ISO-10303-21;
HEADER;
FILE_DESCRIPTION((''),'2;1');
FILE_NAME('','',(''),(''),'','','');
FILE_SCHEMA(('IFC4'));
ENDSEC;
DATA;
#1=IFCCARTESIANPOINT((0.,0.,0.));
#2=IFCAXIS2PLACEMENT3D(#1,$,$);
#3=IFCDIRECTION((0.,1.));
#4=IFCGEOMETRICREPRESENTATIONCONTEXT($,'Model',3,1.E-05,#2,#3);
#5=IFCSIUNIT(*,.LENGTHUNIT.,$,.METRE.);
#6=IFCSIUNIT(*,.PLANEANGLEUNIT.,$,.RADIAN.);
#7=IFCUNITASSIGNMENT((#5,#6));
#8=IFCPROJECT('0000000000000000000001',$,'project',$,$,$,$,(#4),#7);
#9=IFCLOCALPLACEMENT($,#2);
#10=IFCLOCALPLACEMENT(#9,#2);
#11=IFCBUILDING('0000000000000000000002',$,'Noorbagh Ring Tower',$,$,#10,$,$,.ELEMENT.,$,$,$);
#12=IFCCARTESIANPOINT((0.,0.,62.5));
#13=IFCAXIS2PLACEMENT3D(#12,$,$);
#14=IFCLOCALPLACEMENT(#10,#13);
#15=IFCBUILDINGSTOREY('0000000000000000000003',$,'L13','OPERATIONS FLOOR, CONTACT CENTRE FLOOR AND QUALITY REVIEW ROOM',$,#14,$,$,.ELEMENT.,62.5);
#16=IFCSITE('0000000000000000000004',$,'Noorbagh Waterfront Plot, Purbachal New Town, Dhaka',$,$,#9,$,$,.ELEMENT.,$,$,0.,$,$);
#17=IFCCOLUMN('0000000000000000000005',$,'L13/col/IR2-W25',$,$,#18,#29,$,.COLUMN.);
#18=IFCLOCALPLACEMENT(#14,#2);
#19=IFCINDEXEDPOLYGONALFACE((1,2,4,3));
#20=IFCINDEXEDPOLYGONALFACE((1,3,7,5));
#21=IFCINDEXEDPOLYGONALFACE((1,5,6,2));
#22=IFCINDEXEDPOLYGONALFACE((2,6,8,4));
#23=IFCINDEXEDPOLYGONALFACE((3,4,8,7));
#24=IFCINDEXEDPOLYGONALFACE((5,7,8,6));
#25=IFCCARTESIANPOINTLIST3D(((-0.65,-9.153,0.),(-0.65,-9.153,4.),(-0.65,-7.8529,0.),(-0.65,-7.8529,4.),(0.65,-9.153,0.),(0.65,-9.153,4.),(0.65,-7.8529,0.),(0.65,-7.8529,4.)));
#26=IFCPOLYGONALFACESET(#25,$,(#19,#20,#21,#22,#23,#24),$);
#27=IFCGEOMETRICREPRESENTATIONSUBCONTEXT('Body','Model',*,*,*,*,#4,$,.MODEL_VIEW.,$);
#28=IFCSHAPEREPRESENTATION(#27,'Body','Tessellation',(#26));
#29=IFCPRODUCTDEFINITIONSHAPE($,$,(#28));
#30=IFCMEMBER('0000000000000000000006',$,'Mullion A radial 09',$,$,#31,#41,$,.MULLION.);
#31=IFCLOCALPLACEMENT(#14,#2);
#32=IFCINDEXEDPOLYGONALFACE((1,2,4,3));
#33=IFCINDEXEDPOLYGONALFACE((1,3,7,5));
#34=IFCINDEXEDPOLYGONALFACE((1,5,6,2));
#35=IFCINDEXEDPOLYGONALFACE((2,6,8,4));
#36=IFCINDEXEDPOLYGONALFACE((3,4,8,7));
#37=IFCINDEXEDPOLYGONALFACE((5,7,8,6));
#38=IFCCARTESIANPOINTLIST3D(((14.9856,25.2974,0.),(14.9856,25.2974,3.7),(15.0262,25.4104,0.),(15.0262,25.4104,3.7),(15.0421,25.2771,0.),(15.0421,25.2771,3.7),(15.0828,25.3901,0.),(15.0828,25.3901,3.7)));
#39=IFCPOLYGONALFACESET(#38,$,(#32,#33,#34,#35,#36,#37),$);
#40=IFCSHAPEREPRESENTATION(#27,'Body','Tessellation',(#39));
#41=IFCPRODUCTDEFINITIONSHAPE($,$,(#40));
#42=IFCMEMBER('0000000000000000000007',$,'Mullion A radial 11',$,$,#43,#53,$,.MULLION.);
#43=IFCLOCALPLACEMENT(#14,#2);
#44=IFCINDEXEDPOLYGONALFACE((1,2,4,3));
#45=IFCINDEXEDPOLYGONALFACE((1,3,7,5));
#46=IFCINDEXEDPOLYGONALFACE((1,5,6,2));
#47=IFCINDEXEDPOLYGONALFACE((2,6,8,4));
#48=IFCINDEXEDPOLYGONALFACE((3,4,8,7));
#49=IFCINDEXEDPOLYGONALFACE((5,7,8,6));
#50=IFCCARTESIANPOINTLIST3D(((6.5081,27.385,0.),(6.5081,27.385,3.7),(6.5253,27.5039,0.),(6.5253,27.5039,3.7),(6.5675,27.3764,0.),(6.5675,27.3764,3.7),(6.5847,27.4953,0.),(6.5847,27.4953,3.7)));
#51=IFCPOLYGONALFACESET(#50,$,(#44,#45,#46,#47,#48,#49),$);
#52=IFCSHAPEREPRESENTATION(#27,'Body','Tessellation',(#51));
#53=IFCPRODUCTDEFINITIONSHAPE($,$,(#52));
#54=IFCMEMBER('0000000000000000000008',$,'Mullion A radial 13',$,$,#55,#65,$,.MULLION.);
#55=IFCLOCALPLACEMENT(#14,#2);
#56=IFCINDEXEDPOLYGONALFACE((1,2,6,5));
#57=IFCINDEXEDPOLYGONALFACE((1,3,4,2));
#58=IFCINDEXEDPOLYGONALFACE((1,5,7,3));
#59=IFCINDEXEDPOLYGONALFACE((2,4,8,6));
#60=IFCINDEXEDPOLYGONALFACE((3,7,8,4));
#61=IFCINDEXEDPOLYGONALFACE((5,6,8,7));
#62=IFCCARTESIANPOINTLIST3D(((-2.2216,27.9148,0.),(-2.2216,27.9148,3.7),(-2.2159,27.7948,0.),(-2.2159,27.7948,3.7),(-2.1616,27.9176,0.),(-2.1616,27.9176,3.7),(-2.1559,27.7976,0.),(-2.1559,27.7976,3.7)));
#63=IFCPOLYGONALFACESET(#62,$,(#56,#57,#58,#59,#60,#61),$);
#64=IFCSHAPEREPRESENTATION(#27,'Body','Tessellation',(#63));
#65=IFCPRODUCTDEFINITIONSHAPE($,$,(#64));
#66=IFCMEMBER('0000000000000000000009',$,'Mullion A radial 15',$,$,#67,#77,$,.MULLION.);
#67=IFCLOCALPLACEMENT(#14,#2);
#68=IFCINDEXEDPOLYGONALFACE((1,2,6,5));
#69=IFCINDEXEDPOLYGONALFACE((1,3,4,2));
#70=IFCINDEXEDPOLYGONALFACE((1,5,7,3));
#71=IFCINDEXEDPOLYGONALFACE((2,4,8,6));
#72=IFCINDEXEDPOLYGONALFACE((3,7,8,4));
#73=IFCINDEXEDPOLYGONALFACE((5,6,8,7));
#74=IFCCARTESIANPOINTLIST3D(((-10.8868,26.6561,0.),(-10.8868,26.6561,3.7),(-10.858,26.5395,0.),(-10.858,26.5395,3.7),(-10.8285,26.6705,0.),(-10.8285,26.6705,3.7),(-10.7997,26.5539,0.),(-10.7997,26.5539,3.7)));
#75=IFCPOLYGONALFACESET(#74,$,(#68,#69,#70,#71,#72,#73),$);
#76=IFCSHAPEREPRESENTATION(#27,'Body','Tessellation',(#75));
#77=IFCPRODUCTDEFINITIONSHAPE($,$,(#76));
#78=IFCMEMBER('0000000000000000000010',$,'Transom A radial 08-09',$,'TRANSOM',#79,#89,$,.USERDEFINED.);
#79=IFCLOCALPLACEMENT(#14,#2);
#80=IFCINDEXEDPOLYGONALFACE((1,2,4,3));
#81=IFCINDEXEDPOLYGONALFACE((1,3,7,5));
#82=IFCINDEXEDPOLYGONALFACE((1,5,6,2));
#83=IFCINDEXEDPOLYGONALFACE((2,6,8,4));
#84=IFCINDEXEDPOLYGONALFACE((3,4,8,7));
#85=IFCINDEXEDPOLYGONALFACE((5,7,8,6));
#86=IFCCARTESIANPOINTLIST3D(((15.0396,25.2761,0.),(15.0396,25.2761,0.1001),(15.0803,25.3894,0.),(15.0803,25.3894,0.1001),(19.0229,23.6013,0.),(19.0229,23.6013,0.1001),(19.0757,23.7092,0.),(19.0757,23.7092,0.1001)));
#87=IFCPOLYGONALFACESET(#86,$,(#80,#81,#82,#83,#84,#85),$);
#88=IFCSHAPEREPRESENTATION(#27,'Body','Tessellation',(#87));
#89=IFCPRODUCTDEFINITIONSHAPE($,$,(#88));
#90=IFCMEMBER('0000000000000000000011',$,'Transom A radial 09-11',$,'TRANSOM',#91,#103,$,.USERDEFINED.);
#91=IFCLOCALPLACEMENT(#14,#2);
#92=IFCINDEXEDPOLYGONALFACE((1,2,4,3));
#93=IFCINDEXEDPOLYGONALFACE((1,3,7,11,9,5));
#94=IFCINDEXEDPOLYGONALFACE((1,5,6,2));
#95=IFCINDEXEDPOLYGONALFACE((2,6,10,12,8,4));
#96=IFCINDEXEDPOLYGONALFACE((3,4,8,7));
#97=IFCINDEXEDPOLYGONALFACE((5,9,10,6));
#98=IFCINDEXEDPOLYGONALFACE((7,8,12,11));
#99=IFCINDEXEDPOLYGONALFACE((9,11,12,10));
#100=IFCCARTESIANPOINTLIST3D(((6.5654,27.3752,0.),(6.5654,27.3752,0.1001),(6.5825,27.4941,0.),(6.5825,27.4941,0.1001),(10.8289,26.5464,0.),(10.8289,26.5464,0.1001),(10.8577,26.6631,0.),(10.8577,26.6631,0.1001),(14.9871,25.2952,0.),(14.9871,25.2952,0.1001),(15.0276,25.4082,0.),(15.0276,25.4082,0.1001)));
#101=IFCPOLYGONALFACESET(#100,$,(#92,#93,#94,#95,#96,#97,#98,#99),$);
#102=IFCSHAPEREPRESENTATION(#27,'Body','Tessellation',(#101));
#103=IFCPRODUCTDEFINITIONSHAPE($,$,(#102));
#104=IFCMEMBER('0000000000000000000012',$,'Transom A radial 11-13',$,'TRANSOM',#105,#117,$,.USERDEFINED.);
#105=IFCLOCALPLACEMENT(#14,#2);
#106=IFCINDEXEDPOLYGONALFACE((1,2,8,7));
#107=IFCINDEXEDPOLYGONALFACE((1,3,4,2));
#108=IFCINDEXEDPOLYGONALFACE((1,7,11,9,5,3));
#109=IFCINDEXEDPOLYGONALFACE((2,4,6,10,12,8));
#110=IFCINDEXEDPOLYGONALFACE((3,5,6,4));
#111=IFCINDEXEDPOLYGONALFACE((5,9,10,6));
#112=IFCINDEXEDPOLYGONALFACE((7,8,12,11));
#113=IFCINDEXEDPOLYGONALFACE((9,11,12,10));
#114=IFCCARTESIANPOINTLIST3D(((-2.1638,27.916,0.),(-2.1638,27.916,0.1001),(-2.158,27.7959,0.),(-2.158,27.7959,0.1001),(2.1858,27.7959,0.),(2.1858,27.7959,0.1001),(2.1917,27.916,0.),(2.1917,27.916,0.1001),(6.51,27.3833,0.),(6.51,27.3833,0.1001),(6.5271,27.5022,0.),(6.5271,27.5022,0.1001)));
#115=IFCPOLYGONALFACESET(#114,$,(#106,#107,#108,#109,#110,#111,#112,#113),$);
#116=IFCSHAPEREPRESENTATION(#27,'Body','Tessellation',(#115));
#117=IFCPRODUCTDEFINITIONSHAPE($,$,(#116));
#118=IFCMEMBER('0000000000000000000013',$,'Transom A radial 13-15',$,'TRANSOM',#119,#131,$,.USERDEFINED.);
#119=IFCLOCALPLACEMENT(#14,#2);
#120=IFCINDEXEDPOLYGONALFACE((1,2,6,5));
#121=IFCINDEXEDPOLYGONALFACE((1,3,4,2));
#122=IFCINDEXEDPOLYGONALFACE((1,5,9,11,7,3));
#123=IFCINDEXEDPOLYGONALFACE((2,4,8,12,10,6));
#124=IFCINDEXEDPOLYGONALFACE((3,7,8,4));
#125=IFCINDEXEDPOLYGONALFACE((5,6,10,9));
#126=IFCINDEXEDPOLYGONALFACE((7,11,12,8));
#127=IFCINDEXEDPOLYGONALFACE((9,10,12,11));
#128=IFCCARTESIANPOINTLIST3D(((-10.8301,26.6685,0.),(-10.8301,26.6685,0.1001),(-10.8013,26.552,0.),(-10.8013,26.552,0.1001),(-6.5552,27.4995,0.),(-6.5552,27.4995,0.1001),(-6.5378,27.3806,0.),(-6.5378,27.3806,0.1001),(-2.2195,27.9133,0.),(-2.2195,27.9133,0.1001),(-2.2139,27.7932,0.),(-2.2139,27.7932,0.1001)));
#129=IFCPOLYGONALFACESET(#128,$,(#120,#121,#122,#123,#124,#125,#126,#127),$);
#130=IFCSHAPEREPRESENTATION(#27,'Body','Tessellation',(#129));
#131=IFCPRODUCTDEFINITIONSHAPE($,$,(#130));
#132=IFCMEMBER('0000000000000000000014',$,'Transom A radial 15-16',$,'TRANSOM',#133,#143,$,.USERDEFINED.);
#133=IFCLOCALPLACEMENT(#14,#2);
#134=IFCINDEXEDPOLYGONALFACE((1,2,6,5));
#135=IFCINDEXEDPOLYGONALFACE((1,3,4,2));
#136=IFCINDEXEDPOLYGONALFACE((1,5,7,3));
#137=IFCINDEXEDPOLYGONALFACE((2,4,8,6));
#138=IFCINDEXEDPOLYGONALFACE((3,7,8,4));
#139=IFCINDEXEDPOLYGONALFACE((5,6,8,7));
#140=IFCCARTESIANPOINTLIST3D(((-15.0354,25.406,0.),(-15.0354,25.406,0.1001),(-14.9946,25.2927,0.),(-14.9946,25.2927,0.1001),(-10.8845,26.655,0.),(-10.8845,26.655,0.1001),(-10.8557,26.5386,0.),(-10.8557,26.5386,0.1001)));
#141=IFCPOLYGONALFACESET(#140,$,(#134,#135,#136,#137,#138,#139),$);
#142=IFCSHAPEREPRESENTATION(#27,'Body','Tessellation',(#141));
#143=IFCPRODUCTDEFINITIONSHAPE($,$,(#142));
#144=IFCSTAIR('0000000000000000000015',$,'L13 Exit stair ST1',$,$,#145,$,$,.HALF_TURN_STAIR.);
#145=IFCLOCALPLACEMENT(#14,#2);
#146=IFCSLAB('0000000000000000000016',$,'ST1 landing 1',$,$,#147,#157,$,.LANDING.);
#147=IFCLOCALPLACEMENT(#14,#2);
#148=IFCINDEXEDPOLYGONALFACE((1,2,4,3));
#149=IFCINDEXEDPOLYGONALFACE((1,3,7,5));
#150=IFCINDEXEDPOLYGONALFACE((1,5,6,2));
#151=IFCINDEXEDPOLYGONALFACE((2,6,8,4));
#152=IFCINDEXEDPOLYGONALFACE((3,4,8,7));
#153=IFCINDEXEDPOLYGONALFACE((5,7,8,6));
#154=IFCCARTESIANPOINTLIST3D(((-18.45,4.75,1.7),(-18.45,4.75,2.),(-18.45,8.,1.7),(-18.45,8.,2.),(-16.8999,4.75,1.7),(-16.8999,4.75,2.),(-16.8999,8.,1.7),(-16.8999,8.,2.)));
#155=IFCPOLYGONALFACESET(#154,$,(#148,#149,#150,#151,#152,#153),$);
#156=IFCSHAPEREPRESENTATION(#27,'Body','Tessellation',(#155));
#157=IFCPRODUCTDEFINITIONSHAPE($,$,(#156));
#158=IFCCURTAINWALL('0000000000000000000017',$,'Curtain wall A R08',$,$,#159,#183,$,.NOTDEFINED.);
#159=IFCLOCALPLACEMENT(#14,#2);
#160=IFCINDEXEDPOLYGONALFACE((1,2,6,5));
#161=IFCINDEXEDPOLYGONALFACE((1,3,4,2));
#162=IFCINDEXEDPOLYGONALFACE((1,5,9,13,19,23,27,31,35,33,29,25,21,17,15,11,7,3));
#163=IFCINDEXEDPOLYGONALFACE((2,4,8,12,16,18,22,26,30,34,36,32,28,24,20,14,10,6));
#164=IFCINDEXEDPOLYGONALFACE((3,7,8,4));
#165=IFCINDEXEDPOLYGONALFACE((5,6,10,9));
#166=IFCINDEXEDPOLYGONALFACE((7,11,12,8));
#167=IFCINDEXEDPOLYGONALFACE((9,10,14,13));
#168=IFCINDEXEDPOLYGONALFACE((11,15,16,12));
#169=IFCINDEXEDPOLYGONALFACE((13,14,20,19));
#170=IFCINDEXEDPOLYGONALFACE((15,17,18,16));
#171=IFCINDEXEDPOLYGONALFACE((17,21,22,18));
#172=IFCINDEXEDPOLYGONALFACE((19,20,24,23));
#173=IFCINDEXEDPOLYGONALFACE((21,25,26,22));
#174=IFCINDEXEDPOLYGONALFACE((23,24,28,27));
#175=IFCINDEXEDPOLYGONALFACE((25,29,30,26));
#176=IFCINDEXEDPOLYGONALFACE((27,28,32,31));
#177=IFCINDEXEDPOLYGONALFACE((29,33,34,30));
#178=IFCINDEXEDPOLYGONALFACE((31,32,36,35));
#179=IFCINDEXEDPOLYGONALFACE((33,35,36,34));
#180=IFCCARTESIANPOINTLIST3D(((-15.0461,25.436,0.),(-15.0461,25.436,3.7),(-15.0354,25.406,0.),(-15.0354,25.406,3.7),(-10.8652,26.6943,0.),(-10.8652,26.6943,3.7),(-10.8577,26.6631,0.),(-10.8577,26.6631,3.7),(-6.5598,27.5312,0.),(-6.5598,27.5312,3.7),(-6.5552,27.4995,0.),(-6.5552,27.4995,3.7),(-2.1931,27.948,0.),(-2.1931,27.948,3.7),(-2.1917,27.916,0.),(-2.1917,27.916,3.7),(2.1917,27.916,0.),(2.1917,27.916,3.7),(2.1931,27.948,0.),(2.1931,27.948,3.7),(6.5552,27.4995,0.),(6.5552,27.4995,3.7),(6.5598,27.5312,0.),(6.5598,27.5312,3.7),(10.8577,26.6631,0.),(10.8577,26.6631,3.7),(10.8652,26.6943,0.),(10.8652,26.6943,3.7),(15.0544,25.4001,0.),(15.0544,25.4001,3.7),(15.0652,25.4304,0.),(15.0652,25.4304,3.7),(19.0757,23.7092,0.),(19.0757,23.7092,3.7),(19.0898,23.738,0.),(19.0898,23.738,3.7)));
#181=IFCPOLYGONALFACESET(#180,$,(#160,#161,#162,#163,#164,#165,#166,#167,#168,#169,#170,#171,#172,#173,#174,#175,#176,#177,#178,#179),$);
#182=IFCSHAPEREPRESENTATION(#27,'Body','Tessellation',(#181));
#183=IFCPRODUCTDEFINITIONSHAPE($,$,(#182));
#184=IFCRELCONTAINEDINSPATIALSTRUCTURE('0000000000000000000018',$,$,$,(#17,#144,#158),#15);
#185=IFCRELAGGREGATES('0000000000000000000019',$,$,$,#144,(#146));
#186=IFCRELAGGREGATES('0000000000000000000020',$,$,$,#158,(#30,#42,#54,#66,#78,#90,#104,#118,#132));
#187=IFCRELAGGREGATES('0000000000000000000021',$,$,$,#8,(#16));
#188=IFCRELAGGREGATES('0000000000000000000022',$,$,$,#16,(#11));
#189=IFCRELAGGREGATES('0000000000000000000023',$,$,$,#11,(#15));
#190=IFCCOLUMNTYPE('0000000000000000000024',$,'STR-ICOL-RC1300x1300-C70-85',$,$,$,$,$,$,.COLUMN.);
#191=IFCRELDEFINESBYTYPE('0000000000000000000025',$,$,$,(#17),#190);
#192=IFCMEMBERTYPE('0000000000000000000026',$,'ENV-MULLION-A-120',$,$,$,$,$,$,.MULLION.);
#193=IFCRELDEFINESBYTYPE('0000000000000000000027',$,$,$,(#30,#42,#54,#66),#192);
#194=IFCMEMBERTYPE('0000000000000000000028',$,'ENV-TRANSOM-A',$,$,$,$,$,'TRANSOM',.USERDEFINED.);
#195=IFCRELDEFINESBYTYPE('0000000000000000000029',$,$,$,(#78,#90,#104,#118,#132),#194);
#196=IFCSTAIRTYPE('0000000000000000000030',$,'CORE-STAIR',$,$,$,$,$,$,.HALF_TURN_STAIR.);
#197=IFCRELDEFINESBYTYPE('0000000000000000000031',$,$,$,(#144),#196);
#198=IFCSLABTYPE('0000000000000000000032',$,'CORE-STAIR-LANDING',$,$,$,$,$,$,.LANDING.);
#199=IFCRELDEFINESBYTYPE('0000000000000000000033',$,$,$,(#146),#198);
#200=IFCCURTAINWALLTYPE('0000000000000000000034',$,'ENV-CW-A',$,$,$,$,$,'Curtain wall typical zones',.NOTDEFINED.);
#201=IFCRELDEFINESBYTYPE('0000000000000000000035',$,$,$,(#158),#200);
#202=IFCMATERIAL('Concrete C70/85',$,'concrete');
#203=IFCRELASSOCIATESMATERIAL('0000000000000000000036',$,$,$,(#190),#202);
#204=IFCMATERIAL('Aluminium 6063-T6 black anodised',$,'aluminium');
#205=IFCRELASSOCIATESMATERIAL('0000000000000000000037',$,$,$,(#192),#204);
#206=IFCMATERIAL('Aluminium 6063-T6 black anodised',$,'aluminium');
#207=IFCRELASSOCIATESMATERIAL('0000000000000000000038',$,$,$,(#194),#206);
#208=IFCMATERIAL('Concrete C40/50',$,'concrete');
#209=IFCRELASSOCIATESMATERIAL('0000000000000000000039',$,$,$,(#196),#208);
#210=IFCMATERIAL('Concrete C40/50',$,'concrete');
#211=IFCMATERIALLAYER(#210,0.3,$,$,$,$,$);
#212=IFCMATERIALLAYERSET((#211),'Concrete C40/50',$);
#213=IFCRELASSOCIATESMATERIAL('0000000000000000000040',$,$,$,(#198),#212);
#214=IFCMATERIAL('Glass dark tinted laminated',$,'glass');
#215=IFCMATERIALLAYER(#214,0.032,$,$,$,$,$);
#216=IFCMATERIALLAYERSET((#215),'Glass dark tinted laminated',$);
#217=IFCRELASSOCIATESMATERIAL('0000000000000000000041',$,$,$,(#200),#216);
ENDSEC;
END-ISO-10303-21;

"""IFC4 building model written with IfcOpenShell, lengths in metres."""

from ifc_helpers import new_model, si_unit, direction, frame, origin, origin_2d, place, context, subcontext, project, spatial, polyline, rectangle, outline, extrude, material, layer, layer_set, material_profile, profile_set, type_object, element, aggregate, save


model = new_model("IFC4")

# Units and contexts
model_context = context("Model", 3, precision=1e-05, world=origin(), true_north=direction((0.0, 1.0)))
body_context = subcontext(model_context, "Body", "Model", "MODEL_VIEW")
ifc_project = project(units=[si_unit("LENGTHUNIT", "METRE"), si_unit("PLANEANGLEUNIT", "RADIAN")], contexts=[model_context])

# Site, building, storey
site_placement = place(None, origin())
site = spatial("IfcSite", under=ifc_project, at=site_placement, Name="Noorbagh Waterfront Plot, Purbachal New Town, Dhaka", CompositionType="ELEMENT", RefElevation=0.0)
building_placement = place(site_placement, origin())
building = spatial("IfcBuilding", under=site, at=building_placement, Name="Noorbagh Ring Tower", CompositionType="ELEMENT")
storey_placement = place(building_placement, frame((0.0, 0.0, 62.5)))
storey = spatial("IfcBuildingStorey", under=building, at=storey_placement, Name="L13", Description="OPERATIONS FLOOR, CONTACT CENTRE FLOOR AND QUALITY REVIEW ROOM", CompositionType="ELEMENT", Elevation=62.5)

# Column
ifc_material_1 = material(Name="Concrete C70/85", Category="concrete")
ifc_material_profile_1 = material_profile(ifc_material_1, rectangle(XDim=1.3, YDim=1.3, at=origin_2d()), Name="RC1300x1300")
ifc_profile_set_1 = profile_set([ifc_material_profile_1], Name="Concrete C70/85")
column_type = type_object("IfcColumnType", Name="STR-ICOL-RC1300x1300-C70-85", PredefinedType="COLUMN", material=ifc_profile_set_1)
column_placement = place(storey_placement, frame((0.0, -8.5029, 0.0), z_axis=(0.0, 0.0, 1.0), x_axis=(1.0, 0.0, 0.0)))
element("IfcColumn", 1, at=column_placement, inside=storey, type_object=column_type, Name="L13/col/IR2-W25", PredefinedType="COLUMN", context=body_context, shape_type="SweptSolid", body=[
    extrude(rectangle(XDim=1.3, YDim=1.3, at=origin_2d()), origin(), (0.0, 0.0, 1.0), 4.0),
])

# Members
ifc_material_2 = material(Name="Aluminium 6063-T6 black anodised", Category="aluminium")
ifc_material_profile_2 = material_profile(ifc_material_2, rectangle(XDim=0.1201, YDim=0.0601, at=origin_2d()), Name="120x60")
ifc_profile_set_2 = profile_set([ifc_material_profile_2], Name="Aluminium 6063-T6 black anodised")
member_type_1 = type_object("IfcMemberType", Name="ENV-MULLION-A-120", PredefinedType="MULLION", material=ifc_profile_set_2)
member_1_placement = place(storey_placement, frame((15.0342, 25.3438, 0.0), z_axis=(0.0, 0.0, 1.0), x_axis=(-0.338379, -0.94101, 0.0)))
member_1 = element("IfcMember", 2, at=member_1_placement, type_object=member_type_1, Name="Mullion A radial 09", PredefinedType="MULLION", context=body_context, shape_type="SweptSolid", body=[
    extrude(rectangle(XDim=0.1201, YDim=0.0601, at=origin_2d()), origin(), (0.0, 0.0, 1.0), 3.7),
])
member_2_placement = place(storey_placement, frame((6.5464, 27.4402, 0.0), z_axis=(0.0, 0.0, 1.0), x_axis=(-0.143082, -0.989711, 0.0)))
member_2 = element("IfcMember", 3, at=member_2_placement, type_object=member_type_1, Name="Mullion A radial 11", PredefinedType="MULLION", context=body_context, shape_type="SweptSolid", body=[
    extrude(rectangle(XDim=0.1201, YDim=0.0601, at=origin_2d()), origin(), (0.0, 0.0, 1.0), 3.7),
])
member_3_placement = place(storey_placement, frame((-2.1887, 27.8562, 0.0), z_axis=(0.0, 0.0, 1.0), x_axis=(0.047558, -0.998868, 0.0)))
member_3 = element("IfcMember", 4, at=member_3_placement, type_object=member_type_1, Name="Mullion A radial 13", PredefinedType="MULLION", context=body_context, shape_type="SweptSolid", body=[
    extrude(rectangle(XDim=0.1201, YDim=0.0601, at=origin_2d()), origin(), (0.0, 0.0, 1.0), 3.7),
])
member_4_placement = place(storey_placement, frame((-10.8433, 26.605, 0.0), z_axis=(0.0, 0.0, 1.0), x_axis=(0.239799, -0.970823, 0.0)))
member_4 = element("IfcMember", 5, at=member_4_placement, type_object=member_type_1, Name="Mullion A radial 15", PredefinedType="MULLION", context=body_context, shape_type="SweptSolid", body=[
    extrude(rectangle(XDim=0.1201, YDim=0.0601, at=origin_2d()), origin(), (0.0, 0.0, 1.0), 3.7),
])
ifc_material_3 = material(Name="Aluminium 6063-T6 black anodised", Category="aluminium")
member_type_2 = type_object("IfcMemberType", Name="ENV-TRANSOM-A", ElementType="TRANSOM", PredefinedType="USERDEFINED", material=ifc_material_3)
member_5_placement = place(storey_placement, origin())
member_5 = element("IfcMember", 6, at=member_5_placement, type_object=member_type_2, Name="Transom A radial 08-09", ObjectType="TRANSOM", PredefinedType="USERDEFINED", context=body_context, shape_type="SweptSolid", body=[
    extrude(outline(polyline([(19.0757, 23.7092), (15.0803, 25.3894), (15.0396, 25.2761), (19.0229, 23.6013), (19.0757, 23.7092)])), origin(), (0.0, 0.0, 1.0), 0.1001),
])
member_6_placement = place(storey_placement, origin())
member_6 = element("IfcMember", 7, at=member_6_placement, type_object=member_type_2, Name="Transom A radial 09-11", ObjectType="TRANSOM", PredefinedType="USERDEFINED", context=body_context, shape_type="SweptSolid", body=[
    extrude(outline(polyline([(15.0276, 25.4082), (10.8577, 26.6631), (6.5825, 27.4941), (6.5654, 27.3752), (10.8289, 26.5464), (14.9871, 25.2952), (15.0276, 25.4082)])), origin(), (0.0, 0.0, 1.0), 0.1001),
])
member_7_placement = place(storey_placement, origin())
member_7 = element("IfcMember", 8, at=member_7_placement, type_object=member_type_2, Name="Transom A radial 11-13", ObjectType="TRANSOM", PredefinedType="USERDEFINED", context=body_context, shape_type="SweptSolid", body=[
    extrude(outline(polyline([(6.5271, 27.5022), (2.1917, 27.916), (-2.1638, 27.916), (-2.158, 27.7959), (2.1858, 27.7959), (6.51, 27.3833), (6.5271, 27.5022)])), origin(), (0.0, 0.0, 1.0), 0.1001),
])
member_8_placement = place(storey_placement, origin())
member_8 = element("IfcMember", 9, at=member_8_placement, type_object=member_type_2, Name="Transom A radial 13-15", ObjectType="TRANSOM", PredefinedType="USERDEFINED", context=body_context, shape_type="SweptSolid", body=[
    extrude(outline(polyline([(-2.2195, 27.9133), (-6.5552, 27.4995), (-10.8301, 26.6685), (-10.8013, 26.552), (-6.5378, 27.3806), (-2.2139, 27.7932), (-2.2195, 27.9133)])), origin(), (0.0, 0.0, 1.0), 0.1001),
])
member_9_placement = place(storey_placement, origin())
member_9 = element("IfcMember", 10, at=member_9_placement, type_object=member_type_2, Name="Transom A radial 15-16", ObjectType="TRANSOM", PredefinedType="USERDEFINED", context=body_context, shape_type="SweptSolid", body=[
    extrude(outline(polyline([(-10.8845, 26.655), (-15.0354, 25.406), (-14.9946, 25.2927), (-10.8557, 26.5386), (-10.8845, 26.655)])), origin(), (0.0, 0.0, 1.0), 0.1001),
])

# Stair, slab
ifc_material_4 = material(Name="Concrete C40/50", Category="concrete")
stair_type = type_object("IfcStairType", Name="CORE-STAIR", PredefinedType="HALF_TURN_STAIR", material=ifc_material_4)
stair_1_placement = place(storey_placement, origin())
stair_1 = element("IfcStair", 11, at=stair_1_placement, inside=storey, type_object=stair_type, Name="L13 Exit stair ST1", PredefinedType="HALF_TURN_STAIR")
ifc_material_5 = material(Name="Concrete C40/50", Category="concrete")
ifc_layer_1 = layer(ifc_material_5, 0.3)
ifc_layer_set_1 = layer_set([ifc_layer_1], Name="Concrete C40/50")
slab_type_1 = type_object("IfcSlabType", Name="CORE-STAIR-LANDING", PredefinedType="LANDING", material=ifc_layer_set_1)
slab_1_placement = place(storey_placement, frame((0.0, 0.0, 1.7)))
slab_1 = element("IfcSlab", 12, at=slab_1_placement, type_object=slab_type_1, Name="ST1 landing 1", PredefinedType="LANDING", context=body_context, shape_type="SweptSolid", body=[
    extrude(outline(polyline([(-18.45, 4.75), (-16.8999, 4.75), (-16.8999, 8.0), (-18.45, 8.0), (-18.45, 4.75)])), origin(), (0.0, 0.0, 1.0), 0.3),
])
aggregate(stair_1, [slab_1])

# Curtain wall
ifc_material_6 = material(Name="Glass dark tinted laminated", Category="glass")
ifc_layer_2 = layer(ifc_material_6, 0.032)
ifc_layer_set_2 = layer_set([ifc_layer_2], Name="Glass dark tinted laminated")
curtain_wall_type = type_object("IfcCurtainWallType", Name="ENV-CW-A", ElementType="Curtain wall typical zones", PredefinedType="NOTDEFINED", material=ifc_layer_set_2)
curtain_wall_1_placement = place(storey_placement, origin())
curtain_wall_1 = element("IfcCurtainWall", 13, at=curtain_wall_1_placement, inside=storey, type_object=curtain_wall_type, Name="Curtain wall A R08", PredefinedType="NOTDEFINED", context=body_context, shape_type="SweptSolid", body=[
    extrude(outline(polyline([(19.0898, 23.738), (15.0652, 25.4304), (10.8652, 26.6943), (6.5598, 27.5312), (2.1931, 27.948), (-2.1931, 27.948), (-6.5598, 27.5312), (-10.8652, 26.6943), (-15.0461, 25.436), (-15.0354, 25.406), (-10.8577, 26.6631), (-6.5552, 27.4995), (-2.1917, 27.916), (2.1917, 27.916), (6.5552, 27.4995), (10.8577, 26.6631), (15.0544, 25.4001), (19.0757, 23.7092), (19.0898, 23.738)])), origin(), (0.0, 0.0, 1.0), 3.7),
])
aggregate(curtain_wall_1, [member_1, member_2, member_3, member_4, member_5, member_6, member_7, member_8, member_9])

save(model, "model.ifc")
